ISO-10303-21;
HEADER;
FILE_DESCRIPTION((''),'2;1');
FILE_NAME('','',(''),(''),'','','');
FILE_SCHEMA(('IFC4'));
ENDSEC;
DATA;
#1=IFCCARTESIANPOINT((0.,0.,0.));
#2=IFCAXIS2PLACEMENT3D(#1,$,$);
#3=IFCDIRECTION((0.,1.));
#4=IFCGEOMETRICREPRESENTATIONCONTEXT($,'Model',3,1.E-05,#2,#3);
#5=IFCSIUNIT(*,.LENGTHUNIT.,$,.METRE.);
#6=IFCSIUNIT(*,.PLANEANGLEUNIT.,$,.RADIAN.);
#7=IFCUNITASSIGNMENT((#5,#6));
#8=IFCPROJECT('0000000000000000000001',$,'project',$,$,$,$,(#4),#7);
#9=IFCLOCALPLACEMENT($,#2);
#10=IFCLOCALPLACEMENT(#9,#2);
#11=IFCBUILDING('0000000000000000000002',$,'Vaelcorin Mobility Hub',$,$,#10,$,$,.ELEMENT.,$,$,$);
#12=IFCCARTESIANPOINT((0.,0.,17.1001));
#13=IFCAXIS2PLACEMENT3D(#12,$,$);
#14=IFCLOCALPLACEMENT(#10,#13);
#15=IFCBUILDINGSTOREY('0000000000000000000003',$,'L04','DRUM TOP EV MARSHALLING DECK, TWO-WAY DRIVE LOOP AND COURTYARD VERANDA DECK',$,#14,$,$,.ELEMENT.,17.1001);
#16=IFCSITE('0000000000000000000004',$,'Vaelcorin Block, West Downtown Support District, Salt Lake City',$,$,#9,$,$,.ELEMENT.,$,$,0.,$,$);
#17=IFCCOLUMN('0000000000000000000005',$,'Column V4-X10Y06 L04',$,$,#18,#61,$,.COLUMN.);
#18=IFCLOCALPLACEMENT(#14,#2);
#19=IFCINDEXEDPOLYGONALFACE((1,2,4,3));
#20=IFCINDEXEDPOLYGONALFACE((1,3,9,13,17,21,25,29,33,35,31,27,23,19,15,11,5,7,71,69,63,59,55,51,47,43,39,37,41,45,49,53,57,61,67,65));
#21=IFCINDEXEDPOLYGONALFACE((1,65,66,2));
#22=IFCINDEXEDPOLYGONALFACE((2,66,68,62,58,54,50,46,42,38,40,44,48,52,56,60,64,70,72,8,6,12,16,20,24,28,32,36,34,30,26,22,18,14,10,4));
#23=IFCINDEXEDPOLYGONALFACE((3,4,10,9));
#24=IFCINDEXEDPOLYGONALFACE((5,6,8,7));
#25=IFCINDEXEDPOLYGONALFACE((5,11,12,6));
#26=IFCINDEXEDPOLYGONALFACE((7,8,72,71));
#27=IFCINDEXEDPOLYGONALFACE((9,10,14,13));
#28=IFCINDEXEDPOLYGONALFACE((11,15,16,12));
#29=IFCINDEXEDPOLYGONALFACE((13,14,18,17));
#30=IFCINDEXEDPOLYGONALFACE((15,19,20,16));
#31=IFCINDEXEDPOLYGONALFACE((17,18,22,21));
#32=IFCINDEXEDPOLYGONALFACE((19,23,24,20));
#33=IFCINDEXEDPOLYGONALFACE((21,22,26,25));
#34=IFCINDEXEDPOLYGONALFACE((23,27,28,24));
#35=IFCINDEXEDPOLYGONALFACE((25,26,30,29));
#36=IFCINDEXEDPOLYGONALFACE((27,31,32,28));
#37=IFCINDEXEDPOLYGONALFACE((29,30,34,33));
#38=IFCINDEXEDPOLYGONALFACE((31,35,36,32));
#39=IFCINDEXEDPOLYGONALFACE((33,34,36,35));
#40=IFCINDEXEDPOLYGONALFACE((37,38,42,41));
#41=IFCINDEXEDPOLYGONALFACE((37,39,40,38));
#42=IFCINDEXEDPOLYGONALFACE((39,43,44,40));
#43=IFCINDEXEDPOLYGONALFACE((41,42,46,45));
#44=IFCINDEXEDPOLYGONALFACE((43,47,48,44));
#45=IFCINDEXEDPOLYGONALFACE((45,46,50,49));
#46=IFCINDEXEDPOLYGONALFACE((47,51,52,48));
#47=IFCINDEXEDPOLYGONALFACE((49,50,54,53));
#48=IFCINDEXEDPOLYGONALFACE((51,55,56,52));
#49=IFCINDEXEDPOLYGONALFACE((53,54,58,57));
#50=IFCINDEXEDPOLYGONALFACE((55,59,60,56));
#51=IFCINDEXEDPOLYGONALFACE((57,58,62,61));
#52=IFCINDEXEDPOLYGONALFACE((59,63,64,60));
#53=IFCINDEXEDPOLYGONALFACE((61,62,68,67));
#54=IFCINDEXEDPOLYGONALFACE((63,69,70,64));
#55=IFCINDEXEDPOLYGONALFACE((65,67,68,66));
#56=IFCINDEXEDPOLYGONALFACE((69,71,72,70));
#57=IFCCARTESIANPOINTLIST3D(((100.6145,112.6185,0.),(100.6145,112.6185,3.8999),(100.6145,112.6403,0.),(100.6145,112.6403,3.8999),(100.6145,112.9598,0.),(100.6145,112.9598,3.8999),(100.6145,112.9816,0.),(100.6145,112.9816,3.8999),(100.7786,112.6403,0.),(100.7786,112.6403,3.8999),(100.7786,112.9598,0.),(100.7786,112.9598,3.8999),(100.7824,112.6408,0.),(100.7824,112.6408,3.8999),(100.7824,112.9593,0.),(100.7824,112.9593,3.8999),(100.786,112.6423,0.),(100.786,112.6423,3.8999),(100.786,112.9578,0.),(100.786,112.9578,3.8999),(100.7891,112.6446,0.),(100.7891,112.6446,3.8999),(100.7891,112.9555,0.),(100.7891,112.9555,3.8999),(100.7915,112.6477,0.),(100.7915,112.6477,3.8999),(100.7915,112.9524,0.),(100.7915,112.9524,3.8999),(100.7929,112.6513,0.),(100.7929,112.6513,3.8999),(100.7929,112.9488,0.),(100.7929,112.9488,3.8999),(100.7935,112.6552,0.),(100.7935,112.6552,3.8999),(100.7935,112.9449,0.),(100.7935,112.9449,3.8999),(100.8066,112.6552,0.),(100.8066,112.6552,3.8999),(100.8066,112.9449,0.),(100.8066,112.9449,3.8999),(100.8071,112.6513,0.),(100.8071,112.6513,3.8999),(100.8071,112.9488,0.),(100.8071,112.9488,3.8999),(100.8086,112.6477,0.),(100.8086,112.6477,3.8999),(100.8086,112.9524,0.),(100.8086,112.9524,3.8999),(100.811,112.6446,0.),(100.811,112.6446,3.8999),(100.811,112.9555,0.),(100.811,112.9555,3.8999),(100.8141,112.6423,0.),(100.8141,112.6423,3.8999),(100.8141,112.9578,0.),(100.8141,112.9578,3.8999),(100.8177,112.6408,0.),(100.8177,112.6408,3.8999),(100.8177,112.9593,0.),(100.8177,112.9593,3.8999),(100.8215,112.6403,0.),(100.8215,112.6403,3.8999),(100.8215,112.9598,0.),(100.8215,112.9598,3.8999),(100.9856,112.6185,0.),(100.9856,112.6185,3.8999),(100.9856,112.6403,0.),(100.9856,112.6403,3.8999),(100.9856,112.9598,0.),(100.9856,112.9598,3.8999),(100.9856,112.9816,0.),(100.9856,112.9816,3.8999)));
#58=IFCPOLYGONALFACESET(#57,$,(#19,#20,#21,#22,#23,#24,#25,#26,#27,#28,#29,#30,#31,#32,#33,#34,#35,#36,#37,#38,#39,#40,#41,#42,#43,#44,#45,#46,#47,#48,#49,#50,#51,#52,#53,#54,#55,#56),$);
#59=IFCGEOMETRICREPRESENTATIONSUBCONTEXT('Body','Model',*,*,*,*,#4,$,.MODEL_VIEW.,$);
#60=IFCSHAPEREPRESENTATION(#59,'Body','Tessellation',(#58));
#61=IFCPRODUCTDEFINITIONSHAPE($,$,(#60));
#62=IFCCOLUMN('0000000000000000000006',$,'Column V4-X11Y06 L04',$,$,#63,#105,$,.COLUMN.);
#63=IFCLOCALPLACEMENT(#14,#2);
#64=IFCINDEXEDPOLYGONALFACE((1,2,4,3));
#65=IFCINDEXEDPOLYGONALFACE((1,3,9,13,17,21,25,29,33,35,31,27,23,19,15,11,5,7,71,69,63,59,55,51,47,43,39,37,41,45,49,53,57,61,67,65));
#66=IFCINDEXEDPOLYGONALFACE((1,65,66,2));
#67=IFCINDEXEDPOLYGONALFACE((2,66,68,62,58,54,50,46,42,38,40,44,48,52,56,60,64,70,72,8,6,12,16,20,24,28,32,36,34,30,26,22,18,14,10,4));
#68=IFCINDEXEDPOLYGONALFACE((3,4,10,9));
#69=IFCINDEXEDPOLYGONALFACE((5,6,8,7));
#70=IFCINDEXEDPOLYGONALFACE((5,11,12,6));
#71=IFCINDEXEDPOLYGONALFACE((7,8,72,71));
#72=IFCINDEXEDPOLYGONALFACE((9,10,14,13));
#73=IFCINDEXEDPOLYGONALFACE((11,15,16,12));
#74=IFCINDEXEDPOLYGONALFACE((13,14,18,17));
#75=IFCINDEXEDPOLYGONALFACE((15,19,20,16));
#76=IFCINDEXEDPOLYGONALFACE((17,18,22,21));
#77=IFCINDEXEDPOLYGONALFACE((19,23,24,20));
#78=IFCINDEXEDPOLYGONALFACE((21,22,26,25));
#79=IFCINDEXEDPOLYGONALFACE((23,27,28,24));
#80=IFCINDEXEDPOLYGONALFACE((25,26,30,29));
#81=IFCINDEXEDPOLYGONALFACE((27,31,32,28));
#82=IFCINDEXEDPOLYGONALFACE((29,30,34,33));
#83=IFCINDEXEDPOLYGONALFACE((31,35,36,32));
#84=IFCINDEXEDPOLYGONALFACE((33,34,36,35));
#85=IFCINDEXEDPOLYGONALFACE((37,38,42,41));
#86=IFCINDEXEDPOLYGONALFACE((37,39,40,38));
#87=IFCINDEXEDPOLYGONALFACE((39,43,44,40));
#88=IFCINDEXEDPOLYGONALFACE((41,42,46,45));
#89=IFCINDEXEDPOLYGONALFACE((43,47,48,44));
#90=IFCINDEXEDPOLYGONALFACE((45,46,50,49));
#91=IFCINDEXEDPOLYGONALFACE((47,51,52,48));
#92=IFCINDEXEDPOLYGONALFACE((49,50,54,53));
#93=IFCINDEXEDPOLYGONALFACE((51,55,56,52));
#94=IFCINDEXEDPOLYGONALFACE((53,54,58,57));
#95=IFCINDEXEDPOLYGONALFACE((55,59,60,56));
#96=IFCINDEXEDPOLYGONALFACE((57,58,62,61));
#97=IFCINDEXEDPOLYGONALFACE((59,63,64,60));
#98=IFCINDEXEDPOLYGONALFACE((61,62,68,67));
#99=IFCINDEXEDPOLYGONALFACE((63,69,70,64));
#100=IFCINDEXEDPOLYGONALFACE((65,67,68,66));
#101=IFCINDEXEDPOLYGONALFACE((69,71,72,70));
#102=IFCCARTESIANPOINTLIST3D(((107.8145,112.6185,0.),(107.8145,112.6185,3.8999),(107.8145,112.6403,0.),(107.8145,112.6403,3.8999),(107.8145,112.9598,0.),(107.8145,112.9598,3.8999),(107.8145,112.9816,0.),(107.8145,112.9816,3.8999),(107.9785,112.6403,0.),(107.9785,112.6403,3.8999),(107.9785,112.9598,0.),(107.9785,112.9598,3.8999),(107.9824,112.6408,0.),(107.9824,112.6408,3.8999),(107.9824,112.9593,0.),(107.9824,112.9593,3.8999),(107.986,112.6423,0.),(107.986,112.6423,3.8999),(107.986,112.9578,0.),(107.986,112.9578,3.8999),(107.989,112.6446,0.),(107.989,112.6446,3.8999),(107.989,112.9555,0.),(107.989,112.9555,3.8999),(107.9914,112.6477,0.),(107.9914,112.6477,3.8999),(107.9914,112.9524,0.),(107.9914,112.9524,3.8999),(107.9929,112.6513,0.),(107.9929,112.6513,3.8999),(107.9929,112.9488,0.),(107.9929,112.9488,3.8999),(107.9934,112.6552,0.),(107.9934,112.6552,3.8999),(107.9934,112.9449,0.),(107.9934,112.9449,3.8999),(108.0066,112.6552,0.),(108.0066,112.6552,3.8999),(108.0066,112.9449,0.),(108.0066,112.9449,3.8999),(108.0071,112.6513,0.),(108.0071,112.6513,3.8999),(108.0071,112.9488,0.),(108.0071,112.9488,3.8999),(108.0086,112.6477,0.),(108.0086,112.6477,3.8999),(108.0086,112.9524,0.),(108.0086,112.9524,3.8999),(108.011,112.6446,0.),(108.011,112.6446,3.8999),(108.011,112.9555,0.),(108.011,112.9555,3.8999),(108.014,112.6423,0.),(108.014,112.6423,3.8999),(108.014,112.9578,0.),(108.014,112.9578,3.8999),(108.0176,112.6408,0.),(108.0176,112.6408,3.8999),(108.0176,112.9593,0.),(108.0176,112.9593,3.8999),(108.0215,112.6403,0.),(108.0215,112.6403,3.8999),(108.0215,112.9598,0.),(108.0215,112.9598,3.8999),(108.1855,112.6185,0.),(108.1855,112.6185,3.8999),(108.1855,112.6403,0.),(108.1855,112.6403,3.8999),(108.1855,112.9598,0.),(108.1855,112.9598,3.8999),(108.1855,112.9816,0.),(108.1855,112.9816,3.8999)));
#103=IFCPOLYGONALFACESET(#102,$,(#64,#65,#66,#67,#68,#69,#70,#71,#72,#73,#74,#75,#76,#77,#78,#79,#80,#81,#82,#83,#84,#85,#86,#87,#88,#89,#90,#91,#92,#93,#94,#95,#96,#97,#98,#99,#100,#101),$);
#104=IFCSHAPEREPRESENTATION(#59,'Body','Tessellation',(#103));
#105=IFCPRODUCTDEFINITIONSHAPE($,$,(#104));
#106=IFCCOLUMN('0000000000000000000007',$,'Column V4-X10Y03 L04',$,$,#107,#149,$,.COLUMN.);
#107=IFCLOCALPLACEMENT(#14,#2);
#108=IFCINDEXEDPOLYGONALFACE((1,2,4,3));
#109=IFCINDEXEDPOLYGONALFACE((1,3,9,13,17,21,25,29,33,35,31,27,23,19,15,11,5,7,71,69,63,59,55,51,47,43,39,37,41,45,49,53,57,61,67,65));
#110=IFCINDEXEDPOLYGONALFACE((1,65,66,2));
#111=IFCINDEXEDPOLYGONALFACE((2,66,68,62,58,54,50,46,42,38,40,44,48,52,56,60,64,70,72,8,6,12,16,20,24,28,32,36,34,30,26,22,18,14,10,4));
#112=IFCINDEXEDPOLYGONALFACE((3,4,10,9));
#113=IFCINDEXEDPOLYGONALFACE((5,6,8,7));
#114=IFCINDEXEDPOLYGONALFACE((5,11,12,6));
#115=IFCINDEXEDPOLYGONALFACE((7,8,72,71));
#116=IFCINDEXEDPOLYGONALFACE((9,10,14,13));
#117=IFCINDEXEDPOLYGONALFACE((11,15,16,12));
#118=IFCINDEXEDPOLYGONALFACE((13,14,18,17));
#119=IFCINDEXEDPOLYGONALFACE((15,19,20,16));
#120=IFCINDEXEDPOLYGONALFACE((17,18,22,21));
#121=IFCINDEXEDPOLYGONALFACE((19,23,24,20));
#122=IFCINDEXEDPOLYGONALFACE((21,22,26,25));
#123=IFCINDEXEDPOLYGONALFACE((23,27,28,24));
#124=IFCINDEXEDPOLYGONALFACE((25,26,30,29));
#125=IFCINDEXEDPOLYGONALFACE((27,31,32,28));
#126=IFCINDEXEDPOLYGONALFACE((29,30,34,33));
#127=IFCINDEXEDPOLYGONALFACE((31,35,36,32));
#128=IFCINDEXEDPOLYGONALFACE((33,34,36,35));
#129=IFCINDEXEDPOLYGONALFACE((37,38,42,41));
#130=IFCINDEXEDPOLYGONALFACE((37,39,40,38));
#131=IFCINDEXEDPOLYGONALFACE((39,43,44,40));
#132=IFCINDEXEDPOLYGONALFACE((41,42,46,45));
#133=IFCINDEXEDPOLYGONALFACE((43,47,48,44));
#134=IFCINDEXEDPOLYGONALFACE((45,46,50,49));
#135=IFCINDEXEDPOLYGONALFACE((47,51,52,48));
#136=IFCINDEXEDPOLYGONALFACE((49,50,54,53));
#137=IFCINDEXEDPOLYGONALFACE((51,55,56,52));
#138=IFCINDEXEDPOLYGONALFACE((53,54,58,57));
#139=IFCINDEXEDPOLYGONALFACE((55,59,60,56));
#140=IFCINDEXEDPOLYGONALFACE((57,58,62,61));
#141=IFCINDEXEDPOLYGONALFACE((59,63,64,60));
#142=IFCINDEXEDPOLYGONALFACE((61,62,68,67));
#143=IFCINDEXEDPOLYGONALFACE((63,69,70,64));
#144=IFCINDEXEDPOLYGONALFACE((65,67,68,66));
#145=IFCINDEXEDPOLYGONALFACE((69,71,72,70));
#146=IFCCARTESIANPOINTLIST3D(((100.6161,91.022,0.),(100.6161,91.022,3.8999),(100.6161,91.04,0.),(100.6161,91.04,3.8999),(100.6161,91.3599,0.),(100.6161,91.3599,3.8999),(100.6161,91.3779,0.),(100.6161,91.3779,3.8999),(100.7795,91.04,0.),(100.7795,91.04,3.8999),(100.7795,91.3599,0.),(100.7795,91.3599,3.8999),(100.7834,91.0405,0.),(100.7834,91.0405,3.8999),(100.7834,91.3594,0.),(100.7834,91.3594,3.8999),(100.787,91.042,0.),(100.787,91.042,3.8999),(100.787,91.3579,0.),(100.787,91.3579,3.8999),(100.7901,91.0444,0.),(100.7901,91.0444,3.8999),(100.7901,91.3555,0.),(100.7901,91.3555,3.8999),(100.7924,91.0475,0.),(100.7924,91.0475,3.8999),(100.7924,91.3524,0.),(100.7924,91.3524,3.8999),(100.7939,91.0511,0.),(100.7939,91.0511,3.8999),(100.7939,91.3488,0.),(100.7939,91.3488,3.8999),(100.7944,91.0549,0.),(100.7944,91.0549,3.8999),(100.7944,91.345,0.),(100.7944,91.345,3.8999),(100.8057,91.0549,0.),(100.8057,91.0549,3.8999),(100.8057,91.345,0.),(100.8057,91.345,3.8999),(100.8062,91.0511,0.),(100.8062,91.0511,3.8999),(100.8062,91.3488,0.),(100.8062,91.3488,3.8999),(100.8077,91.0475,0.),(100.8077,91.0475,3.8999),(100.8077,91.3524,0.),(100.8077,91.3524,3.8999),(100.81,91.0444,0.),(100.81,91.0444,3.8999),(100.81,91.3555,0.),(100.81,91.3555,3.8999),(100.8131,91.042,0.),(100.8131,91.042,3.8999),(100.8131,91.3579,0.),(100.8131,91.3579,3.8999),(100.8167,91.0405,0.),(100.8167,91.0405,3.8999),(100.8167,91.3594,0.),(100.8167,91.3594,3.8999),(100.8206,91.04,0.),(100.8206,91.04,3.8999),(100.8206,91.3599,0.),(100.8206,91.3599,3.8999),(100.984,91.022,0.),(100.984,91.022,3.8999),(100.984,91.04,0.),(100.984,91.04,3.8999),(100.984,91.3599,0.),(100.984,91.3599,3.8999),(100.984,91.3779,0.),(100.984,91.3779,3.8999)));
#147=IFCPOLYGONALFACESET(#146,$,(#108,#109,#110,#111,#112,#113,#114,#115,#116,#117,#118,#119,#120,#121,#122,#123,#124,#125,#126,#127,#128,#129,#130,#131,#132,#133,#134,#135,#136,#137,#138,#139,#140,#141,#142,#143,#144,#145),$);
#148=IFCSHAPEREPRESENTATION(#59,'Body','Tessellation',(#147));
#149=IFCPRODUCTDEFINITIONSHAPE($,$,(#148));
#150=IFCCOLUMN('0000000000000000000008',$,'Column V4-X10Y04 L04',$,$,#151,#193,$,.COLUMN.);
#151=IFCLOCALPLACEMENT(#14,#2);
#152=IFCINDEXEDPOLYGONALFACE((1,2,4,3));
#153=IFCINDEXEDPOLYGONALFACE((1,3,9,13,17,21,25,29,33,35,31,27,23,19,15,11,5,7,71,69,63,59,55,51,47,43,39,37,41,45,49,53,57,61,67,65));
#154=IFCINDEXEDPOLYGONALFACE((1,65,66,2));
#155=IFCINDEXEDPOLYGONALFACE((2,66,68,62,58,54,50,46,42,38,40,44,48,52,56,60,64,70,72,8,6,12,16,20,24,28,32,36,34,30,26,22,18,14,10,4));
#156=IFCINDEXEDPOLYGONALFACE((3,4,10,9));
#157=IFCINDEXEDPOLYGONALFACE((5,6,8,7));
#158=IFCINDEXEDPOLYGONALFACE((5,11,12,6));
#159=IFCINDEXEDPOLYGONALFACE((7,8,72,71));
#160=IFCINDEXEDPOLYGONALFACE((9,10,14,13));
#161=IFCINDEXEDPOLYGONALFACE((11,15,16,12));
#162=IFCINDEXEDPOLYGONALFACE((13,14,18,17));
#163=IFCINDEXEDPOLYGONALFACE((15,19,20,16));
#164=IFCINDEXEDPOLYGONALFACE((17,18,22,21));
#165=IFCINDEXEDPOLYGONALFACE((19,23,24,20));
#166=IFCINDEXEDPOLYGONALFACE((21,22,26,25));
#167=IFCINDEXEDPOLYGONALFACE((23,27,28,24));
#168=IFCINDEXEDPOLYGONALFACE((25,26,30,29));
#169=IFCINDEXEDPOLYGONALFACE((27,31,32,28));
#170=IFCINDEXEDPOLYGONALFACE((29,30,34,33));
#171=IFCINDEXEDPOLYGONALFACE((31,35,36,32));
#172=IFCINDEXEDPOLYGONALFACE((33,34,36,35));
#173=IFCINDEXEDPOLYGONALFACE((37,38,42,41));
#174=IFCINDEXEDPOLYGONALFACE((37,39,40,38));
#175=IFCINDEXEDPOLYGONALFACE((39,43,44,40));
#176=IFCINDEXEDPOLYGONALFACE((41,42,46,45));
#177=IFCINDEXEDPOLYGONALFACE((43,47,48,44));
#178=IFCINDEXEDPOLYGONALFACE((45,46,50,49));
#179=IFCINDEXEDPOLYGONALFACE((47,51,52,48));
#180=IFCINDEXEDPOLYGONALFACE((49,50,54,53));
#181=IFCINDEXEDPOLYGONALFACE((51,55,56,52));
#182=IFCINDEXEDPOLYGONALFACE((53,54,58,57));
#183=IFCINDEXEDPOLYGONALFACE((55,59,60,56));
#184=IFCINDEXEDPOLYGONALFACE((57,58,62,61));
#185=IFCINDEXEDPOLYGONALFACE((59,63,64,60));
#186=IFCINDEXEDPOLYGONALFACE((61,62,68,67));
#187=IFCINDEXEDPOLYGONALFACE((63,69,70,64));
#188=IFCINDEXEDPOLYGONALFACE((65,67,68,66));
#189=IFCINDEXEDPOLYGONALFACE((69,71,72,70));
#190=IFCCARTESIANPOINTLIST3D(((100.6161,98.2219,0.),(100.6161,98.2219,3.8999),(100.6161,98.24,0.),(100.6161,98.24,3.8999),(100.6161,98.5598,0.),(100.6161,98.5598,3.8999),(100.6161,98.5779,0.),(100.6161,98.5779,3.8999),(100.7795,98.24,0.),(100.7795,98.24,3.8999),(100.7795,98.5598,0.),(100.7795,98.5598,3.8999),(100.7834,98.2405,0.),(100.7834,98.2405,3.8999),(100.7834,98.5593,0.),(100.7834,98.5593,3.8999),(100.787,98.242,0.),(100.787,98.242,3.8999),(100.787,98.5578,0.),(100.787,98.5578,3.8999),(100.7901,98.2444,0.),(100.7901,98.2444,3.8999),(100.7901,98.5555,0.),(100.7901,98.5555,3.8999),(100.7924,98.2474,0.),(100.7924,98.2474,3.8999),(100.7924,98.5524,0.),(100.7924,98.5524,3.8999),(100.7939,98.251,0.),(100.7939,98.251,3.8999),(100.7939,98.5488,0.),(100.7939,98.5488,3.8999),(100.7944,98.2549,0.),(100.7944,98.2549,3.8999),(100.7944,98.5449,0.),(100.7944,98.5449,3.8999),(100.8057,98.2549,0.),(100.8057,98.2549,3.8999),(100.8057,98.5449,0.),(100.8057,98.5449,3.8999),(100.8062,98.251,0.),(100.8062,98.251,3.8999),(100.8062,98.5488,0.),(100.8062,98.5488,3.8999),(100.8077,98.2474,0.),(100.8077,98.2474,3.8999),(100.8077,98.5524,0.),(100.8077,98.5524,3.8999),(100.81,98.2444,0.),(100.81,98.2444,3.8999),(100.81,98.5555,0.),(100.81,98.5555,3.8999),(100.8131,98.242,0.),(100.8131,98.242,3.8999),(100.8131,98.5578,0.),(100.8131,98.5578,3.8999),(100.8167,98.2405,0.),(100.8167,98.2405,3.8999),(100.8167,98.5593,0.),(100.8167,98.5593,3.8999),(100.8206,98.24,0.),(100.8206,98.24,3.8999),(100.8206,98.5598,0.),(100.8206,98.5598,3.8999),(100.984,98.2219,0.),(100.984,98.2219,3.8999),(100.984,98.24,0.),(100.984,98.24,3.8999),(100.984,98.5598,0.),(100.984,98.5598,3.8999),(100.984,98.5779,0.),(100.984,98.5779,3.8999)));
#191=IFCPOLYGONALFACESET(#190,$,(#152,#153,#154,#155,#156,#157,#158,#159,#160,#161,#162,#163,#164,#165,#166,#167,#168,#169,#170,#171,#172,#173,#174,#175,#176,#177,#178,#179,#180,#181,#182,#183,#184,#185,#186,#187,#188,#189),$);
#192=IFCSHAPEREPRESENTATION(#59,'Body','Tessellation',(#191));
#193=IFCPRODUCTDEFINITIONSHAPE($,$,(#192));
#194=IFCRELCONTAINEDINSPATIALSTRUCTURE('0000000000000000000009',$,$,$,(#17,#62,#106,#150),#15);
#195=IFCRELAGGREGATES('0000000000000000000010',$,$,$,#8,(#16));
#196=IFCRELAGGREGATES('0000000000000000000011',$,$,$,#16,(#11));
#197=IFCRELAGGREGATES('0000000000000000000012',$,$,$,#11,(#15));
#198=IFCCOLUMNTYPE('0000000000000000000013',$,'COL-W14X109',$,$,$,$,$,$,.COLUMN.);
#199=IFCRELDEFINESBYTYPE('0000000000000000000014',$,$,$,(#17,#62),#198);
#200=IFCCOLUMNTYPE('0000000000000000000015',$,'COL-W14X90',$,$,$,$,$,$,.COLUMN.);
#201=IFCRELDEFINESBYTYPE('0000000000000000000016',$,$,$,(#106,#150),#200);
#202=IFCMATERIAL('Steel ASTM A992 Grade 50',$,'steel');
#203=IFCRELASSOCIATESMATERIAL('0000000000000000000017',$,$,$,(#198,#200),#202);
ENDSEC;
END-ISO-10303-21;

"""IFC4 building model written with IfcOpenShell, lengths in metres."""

from ifc_helpers import new_model, si_unit, direction, frame, origin, origin_2d, place, context, subcontext, project, spatial, i_section, extrude, material, material_profile, profile_set, type_object, element, save


model = new_model("IFC4")

# Units and contexts
model_context = context("Model", 3, precision=1e-05, world=origin(), true_north=direction((0.0, 1.0)))
body_context = subcontext(model_context, "Body", "Model", "MODEL_VIEW")
ifc_project = project(units=[si_unit("LENGTHUNIT", "METRE"), si_unit("PLANEANGLEUNIT", "RADIAN")], contexts=[model_context])

# Site, building, storey
site_placement = place(None, origin())
site = spatial("IfcSite", under=ifc_project, at=site_placement, Name="Vaelcorin Block, West Downtown Support District, Salt Lake City", CompositionType="ELEMENT", RefElevation=0.0)
building_placement = place(site_placement, origin())
building = spatial("IfcBuilding", under=site, at=building_placement, Name="Vaelcorin Mobility Hub", CompositionType="ELEMENT")
storey_placement = place(building_placement, frame((0.0, 0.0, 17.1001)))
storey = spatial("IfcBuildingStorey", under=building, at=storey_placement, Name="L04", Description="DRUM TOP EV MARSHALLING DECK, TWO-WAY DRIVE LOOP AND COURTYARD VERANDA DECK", CompositionType="ELEMENT", Elevation=17.1001)

# Columns
ifc_material_1 = material(Name="Steel ASTM A992 Grade 50", Category="steel")
ifc_material_profile_1 = material_profile(ifc_material_1, i_section(OverallWidth=0.3711, OverallDepth=0.363, WebThickness=0.0132, FlangeThickness=0.0217, FilletRadius=0.0149, at=origin_2d()), Name="W14X109")
ifc_profile_set_1 = profile_set([ifc_material_profile_1], Name="Steel ASTM A992 Grade 50")
column_type_1 = type_object("IfcColumnType", Name="COL-W14X109", PredefinedType="COLUMN", material=ifc_profile_set_1)
for number, where, z_axis, x_axis, name in (
    (1, (100.8, 112.8, 0.0), (0.0, 0.0, 1.0), (1.0, 0.0, 0.0), "Column V4-X10Y06 L04"),
    (2, (108.0, 112.8, 0.0), (0.0, 0.0, 1.0), (1.0, 0.0, 0.0), "Column V4-X11Y06 L04"),
):
    element("IfcColumn", number, at=place(storey_placement, frame(where, z_axis=z_axis, x_axis=x_axis)), inside=storey, type_object=column_type_1, Name=name, PredefinedType="COLUMN", context=body_context, shape_type="SweptSolid", body=[
        extrude(i_section(OverallWidth=0.3711, OverallDepth=0.363, WebThickness=0.0132, FlangeThickness=0.0217, FilletRadius=0.0149, at=origin_2d()), origin(), (0.0, 0.0, 1.0), 3.8999),
    ])
ifc_material_profile_2 = material_profile(ifc_material_1, i_section(OverallWidth=0.3679, OverallDepth=0.356, WebThickness=0.0112, FlangeThickness=0.0181, FilletRadius=0.0149, at=origin_2d()), Name="W14X90")
ifc_profile_set_2 = profile_set([ifc_material_profile_2], Name="Steel ASTM A992 Grade 50")
column_type_2 = type_object("IfcColumnType", Name="COL-W14X90", PredefinedType="COLUMN", material=ifc_profile_set_2)
for number, where, z_axis, x_axis, name in (
    (3, (100.8, 91.2, 0.0), (0.0, 0.0, 1.0), (1.0, 0.0, 0.0), "Column V4-X10Y03 L04"),
    (4, (100.8, 98.3999, 0.0), (0.0, 0.0, 1.0), (1.0, 0.0, 0.0), "Column V4-X10Y04 L04"),
):
    element("IfcColumn", number, at=place(storey_placement, frame(where, z_axis=z_axis, x_axis=x_axis)), inside=storey, type_object=column_type_2, Name=name, PredefinedType="COLUMN", context=body_context, shape_type="SweptSolid", body=[
        extrude(i_section(OverallWidth=0.3679, OverallDepth=0.356, WebThickness=0.0112, FlangeThickness=0.0181, FilletRadius=0.0149, at=origin_2d()), origin(), (0.0, 0.0, 1.0), 3.8999),
    ])

save(model, "model.ifc")
